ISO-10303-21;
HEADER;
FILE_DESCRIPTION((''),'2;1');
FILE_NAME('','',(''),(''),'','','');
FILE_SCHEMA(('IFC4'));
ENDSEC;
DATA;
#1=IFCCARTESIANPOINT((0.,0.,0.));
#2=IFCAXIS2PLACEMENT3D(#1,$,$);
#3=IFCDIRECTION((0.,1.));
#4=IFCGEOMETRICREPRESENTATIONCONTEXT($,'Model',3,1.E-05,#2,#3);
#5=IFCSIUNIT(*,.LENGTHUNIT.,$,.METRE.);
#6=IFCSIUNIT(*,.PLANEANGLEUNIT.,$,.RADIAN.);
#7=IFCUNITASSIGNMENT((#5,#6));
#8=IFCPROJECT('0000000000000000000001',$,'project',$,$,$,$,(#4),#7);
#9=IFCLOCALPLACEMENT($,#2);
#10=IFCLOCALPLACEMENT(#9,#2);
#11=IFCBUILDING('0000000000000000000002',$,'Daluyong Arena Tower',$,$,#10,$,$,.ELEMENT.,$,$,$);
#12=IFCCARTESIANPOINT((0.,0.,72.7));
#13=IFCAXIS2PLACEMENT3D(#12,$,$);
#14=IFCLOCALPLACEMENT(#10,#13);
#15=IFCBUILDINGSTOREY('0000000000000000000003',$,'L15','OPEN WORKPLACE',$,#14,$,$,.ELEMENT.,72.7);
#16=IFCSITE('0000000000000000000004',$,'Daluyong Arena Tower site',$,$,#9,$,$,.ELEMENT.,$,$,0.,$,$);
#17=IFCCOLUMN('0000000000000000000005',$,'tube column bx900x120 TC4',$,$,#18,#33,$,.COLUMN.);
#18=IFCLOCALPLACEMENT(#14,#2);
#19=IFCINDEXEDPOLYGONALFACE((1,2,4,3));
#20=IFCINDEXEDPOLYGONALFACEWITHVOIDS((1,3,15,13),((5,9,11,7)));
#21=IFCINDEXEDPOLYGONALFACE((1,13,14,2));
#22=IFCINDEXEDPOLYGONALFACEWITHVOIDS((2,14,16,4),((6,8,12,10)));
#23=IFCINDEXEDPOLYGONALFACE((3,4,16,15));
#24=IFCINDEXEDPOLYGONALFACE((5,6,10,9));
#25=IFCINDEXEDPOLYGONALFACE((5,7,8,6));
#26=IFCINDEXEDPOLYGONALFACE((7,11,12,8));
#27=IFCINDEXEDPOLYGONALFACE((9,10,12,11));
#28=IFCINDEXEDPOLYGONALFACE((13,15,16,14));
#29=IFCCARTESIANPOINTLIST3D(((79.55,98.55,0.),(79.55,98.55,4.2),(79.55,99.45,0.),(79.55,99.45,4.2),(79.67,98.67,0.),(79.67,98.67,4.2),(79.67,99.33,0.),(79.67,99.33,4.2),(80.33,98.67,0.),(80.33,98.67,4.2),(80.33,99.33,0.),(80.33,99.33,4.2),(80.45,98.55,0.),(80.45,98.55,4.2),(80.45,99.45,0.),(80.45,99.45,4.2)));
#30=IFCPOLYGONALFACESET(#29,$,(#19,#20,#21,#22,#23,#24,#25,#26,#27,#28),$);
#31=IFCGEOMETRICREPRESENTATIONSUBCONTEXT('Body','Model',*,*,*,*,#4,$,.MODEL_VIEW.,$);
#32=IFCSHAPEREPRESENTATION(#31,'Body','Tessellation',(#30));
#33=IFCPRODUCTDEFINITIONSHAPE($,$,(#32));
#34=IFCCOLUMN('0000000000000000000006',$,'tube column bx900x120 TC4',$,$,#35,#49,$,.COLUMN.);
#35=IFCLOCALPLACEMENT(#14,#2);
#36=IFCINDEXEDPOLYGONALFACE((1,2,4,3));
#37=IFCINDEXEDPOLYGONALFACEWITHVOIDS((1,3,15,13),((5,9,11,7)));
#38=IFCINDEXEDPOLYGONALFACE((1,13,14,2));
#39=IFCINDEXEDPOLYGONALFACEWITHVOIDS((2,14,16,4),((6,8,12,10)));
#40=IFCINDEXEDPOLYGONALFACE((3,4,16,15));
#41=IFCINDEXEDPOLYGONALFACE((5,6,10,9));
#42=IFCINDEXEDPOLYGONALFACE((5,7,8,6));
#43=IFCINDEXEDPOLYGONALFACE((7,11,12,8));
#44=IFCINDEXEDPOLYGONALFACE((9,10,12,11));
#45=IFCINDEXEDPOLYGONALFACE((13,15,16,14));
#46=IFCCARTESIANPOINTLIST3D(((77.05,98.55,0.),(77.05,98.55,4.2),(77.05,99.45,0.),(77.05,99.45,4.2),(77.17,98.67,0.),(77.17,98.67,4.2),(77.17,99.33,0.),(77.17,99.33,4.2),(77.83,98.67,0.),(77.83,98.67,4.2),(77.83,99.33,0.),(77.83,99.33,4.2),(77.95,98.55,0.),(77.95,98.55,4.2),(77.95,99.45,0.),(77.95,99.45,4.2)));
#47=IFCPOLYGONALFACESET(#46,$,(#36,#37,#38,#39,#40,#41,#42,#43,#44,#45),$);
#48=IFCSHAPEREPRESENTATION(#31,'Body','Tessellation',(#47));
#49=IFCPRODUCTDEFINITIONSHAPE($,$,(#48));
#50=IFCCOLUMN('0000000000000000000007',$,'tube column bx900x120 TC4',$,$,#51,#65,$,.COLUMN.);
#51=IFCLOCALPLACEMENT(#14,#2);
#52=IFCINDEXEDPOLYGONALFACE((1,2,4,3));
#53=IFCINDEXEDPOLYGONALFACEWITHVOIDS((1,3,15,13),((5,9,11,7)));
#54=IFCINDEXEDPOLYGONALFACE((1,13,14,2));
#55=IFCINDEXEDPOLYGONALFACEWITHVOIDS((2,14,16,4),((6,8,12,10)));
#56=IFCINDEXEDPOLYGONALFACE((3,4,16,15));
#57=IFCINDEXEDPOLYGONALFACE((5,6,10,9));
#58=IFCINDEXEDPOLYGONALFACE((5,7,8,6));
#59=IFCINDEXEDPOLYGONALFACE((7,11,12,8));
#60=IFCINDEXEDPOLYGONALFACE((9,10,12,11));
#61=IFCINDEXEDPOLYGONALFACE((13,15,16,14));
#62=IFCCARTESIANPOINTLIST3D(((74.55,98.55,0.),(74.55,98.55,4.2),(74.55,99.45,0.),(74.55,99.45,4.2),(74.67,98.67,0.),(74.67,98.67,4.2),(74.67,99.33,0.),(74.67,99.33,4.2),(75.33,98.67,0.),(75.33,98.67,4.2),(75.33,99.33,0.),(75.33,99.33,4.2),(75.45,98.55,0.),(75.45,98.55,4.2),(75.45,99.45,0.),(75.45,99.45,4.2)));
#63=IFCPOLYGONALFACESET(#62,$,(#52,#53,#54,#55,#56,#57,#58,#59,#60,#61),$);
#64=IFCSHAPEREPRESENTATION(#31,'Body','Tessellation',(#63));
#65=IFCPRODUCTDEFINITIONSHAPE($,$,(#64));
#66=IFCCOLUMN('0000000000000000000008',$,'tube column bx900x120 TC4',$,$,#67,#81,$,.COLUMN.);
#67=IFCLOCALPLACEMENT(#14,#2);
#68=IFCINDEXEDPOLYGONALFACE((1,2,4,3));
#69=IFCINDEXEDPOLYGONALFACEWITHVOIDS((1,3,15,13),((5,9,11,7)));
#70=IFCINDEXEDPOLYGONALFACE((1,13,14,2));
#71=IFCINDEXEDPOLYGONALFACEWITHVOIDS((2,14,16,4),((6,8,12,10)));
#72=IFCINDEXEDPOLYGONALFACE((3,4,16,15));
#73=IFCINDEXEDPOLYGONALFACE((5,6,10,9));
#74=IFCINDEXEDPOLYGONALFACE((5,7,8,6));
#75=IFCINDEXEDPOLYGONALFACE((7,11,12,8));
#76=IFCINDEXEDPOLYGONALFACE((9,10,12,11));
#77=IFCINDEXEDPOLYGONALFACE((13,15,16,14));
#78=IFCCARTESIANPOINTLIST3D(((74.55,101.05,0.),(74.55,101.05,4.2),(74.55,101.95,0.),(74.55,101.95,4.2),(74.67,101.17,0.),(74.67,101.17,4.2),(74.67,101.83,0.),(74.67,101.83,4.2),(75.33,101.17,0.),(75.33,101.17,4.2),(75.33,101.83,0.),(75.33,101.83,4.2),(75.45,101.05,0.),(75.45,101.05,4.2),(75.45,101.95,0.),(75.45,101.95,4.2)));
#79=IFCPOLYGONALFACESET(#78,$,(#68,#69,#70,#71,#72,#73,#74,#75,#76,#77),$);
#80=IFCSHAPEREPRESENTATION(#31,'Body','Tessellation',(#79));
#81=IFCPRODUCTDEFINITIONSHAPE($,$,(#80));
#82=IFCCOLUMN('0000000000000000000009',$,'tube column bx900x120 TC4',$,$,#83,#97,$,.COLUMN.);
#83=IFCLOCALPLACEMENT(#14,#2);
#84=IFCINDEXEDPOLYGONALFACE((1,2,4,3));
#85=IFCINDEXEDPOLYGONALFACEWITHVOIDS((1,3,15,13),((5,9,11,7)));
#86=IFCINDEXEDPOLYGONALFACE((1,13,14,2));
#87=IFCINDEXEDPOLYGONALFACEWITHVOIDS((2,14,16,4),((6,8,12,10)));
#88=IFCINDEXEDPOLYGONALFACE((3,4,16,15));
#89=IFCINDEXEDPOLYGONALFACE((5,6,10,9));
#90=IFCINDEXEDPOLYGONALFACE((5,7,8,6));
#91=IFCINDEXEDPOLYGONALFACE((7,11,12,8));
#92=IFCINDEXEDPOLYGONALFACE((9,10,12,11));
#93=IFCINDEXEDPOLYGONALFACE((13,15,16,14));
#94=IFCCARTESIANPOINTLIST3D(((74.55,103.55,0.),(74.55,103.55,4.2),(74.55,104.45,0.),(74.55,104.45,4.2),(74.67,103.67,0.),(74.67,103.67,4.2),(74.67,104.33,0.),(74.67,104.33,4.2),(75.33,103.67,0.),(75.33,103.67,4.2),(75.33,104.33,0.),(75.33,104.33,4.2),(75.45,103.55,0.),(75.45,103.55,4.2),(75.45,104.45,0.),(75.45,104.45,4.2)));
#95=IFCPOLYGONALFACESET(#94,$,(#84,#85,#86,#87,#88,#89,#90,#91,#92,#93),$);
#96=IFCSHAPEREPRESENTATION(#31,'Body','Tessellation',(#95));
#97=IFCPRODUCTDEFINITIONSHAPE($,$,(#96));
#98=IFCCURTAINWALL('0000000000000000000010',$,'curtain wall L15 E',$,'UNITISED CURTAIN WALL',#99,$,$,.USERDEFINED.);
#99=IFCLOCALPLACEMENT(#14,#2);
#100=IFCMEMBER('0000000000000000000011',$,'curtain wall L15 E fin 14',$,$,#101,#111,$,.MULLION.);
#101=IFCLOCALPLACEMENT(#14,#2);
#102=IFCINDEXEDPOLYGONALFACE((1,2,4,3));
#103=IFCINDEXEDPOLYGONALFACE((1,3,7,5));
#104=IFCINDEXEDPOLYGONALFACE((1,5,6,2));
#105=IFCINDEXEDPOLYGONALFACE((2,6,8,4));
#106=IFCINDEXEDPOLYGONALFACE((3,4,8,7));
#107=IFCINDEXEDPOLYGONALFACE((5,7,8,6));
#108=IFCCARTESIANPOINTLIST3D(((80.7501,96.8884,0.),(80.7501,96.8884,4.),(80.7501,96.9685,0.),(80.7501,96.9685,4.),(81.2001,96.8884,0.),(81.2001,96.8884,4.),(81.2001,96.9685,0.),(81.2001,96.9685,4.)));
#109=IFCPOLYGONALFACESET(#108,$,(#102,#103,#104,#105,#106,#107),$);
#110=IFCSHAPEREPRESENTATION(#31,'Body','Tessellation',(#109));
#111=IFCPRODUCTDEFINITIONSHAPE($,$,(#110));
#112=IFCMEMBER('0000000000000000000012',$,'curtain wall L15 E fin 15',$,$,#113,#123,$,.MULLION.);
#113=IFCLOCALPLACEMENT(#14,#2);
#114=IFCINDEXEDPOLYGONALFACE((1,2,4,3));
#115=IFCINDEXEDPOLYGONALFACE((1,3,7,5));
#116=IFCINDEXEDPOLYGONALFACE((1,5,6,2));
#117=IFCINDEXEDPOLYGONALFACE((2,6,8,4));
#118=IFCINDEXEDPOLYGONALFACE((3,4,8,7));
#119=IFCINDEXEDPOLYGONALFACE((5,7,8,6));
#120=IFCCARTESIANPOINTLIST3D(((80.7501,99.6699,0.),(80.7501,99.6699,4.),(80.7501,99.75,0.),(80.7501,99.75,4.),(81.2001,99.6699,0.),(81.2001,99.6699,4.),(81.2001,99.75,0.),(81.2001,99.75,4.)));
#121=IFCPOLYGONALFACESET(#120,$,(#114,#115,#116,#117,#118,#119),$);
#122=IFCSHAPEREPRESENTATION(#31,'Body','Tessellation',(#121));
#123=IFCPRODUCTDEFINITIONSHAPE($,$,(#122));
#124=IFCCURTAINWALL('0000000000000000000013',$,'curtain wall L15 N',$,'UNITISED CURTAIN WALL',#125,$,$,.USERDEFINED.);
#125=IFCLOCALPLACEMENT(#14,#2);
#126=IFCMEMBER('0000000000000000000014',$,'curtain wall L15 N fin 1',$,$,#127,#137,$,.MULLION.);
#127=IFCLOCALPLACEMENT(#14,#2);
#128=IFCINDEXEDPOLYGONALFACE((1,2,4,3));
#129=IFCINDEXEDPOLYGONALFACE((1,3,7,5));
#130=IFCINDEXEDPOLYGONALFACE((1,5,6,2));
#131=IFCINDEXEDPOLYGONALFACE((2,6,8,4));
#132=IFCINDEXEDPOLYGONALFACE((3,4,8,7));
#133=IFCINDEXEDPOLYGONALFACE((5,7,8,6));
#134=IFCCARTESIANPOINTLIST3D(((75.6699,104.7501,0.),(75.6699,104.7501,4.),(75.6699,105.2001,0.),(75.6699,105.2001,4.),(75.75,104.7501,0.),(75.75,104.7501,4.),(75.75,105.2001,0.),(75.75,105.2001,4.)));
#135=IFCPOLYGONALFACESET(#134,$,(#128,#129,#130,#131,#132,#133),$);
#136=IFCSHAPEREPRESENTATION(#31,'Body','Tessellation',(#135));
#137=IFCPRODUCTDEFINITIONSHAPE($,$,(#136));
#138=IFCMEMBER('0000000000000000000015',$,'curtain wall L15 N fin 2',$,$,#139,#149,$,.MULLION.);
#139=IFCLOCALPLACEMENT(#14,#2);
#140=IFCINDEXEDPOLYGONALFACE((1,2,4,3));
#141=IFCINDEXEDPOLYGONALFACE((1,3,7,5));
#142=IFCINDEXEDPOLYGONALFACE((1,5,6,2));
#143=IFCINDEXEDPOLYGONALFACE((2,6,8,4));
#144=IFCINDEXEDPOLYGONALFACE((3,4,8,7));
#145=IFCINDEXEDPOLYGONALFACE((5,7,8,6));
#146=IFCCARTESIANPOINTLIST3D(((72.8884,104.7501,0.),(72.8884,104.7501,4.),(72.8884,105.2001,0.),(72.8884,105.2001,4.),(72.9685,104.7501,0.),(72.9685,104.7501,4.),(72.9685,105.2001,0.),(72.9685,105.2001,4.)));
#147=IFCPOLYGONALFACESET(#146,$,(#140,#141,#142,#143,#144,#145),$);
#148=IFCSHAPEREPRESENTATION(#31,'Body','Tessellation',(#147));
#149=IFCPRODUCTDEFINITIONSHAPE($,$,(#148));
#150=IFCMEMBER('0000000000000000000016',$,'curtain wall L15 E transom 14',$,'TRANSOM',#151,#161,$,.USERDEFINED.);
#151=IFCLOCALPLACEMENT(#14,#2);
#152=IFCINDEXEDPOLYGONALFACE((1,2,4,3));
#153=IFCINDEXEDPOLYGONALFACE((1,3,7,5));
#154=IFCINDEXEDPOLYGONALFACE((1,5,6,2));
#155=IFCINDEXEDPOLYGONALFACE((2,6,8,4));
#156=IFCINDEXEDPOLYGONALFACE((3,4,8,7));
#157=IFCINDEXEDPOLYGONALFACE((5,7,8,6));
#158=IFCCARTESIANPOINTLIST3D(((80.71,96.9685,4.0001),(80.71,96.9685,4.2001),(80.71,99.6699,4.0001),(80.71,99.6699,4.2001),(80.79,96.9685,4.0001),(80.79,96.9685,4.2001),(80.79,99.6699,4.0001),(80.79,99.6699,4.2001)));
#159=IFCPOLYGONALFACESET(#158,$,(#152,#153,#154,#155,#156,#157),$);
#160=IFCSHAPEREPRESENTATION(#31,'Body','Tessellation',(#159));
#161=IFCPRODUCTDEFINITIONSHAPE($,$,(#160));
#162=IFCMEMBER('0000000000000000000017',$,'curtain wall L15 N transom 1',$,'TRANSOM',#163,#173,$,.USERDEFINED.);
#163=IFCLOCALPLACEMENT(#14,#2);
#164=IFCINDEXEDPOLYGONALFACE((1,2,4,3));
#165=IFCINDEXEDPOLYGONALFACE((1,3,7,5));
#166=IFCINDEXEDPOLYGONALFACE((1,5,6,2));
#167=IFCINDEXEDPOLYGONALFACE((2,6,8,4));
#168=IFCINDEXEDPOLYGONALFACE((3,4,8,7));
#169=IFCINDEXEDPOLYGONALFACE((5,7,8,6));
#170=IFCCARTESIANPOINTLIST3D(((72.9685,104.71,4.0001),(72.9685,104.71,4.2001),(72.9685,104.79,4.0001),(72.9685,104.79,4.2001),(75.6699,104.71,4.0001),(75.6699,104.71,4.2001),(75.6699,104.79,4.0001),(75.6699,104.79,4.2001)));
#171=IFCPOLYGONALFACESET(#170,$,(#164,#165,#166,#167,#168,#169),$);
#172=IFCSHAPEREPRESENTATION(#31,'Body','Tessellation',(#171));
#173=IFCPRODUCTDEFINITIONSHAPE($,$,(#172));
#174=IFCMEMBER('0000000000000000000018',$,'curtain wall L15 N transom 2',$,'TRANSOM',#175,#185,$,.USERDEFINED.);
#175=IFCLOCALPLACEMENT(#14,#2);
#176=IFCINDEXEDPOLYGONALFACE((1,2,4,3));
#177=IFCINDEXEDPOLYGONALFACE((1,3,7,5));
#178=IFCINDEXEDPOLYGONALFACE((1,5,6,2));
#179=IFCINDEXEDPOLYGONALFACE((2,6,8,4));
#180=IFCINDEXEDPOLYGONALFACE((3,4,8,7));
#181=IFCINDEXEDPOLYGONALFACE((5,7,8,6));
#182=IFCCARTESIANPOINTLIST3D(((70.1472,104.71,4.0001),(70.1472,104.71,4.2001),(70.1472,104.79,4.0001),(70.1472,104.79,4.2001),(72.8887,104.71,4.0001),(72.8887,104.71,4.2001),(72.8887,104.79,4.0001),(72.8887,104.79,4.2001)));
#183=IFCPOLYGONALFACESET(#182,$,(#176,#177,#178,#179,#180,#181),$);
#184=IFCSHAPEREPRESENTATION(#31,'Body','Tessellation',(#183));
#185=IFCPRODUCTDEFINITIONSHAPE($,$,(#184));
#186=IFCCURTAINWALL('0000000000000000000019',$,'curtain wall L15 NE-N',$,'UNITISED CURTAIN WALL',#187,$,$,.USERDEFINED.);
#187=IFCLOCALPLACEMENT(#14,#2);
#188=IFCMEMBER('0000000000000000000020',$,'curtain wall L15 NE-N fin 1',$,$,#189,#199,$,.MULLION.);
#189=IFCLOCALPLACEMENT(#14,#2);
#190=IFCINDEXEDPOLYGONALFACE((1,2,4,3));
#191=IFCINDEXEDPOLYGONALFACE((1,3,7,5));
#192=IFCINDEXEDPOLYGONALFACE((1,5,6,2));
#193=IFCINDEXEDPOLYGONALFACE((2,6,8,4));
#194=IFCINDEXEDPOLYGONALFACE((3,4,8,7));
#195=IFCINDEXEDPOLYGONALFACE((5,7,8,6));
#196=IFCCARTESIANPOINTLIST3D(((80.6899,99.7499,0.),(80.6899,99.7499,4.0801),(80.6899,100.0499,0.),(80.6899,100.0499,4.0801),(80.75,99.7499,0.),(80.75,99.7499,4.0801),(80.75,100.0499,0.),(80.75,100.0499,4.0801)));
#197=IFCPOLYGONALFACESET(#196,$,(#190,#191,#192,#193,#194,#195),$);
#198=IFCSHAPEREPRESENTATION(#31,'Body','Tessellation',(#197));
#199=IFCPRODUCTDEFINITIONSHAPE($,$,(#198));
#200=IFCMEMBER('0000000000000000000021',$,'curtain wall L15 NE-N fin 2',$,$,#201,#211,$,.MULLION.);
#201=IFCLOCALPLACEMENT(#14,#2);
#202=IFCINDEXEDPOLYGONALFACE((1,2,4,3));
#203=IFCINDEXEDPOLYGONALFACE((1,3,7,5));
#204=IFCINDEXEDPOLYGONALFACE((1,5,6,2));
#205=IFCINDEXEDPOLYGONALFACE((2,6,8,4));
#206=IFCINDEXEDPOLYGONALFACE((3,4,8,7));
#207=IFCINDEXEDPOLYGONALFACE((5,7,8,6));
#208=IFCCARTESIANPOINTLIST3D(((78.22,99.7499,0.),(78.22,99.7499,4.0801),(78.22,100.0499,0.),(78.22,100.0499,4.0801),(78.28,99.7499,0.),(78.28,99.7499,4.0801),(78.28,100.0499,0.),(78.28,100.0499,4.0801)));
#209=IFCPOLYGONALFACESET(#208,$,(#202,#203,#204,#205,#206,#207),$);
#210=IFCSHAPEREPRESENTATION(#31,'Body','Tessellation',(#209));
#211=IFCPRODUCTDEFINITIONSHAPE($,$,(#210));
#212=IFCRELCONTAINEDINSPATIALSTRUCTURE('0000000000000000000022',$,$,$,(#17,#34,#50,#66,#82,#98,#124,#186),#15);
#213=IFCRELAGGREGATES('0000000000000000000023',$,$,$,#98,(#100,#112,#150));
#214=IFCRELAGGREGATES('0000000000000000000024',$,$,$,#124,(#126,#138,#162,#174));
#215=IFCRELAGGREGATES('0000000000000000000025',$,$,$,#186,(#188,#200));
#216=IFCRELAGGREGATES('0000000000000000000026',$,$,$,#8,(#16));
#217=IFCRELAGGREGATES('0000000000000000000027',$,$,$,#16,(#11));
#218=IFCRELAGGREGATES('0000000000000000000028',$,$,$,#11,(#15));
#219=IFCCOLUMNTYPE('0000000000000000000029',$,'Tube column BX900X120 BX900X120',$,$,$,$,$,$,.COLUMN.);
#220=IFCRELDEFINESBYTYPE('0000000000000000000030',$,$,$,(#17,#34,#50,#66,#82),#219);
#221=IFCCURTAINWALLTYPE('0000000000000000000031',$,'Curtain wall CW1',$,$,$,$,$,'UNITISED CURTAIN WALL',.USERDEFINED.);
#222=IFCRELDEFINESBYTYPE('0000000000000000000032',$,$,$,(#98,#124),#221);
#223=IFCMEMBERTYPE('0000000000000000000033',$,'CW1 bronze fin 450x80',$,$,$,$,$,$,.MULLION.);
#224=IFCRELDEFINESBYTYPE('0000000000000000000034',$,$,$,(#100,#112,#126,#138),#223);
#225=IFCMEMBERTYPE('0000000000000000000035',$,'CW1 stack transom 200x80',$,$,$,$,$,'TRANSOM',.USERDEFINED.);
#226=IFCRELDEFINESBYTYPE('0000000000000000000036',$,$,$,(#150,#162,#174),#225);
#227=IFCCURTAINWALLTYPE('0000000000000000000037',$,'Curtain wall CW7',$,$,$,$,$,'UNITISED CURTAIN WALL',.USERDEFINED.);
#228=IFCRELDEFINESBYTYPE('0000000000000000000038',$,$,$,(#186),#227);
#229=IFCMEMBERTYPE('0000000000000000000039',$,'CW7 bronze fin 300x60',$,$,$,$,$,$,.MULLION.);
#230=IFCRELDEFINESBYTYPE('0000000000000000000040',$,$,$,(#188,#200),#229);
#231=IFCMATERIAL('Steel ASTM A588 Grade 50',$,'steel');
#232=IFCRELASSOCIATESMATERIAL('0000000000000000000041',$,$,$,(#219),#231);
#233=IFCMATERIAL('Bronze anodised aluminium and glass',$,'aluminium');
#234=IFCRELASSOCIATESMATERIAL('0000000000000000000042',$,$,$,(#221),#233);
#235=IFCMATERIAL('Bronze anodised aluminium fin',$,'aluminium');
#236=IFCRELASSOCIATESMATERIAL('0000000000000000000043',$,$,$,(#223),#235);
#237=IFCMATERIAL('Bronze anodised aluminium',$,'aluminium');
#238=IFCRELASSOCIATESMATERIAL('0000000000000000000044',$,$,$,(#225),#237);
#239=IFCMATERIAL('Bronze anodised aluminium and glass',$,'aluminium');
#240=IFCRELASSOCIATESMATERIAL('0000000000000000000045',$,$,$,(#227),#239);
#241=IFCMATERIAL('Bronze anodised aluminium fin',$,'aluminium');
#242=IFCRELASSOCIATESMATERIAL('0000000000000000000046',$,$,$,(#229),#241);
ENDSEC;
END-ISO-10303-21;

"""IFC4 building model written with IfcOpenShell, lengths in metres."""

from ifc_helpers import new_model, si_unit, direction, frame, origin, origin_2d, place, context, subcontext, project, spatial, rectangle, hollow_rectangle, extrude, material, material_profile, profile_set, type_object, element, aggregate, save


model = new_model("IFC4")

# Units and contexts
model_context = context("Model", 3, precision=1e-05, world=origin(), true_north=direction((0.0, 1.0)))
body_context = subcontext(model_context, "Body", "Model", "MODEL_VIEW")
ifc_project = project(units=[si_unit("LENGTHUNIT", "METRE"), si_unit("PLANEANGLEUNIT", "RADIAN")], contexts=[model_context])

# Site, building, storey
site_placement = place(None, origin())
site = spatial("IfcSite", under=ifc_project, at=site_placement, Name="Daluyong Arena Tower site", CompositionType="ELEMENT", RefElevation=0.0)
building_placement = place(site_placement, origin())
building = spatial("IfcBuilding", under=site, at=building_placement, Name="Daluyong Arena Tower", CompositionType="ELEMENT")
storey_placement = place(building_placement, frame((0.0, 0.0, 72.7)))
storey = spatial("IfcBuildingStorey", under=building, at=storey_placement, Name="L15", Description="OPEN WORKPLACE", CompositionType="ELEMENT", Elevation=72.7)

# Columns
ifc_material_1 = material(Name="Steel ASTM A588 Grade 50", Category="steel")
ifc_material_profile_1 = material_profile(ifc_material_1, hollow_rectangle(XDim=0.8999, YDim=0.8999, WallThickness=0.12, at=origin_2d()))
ifc_profile_set_1 = profile_set([ifc_material_profile_1], Name="Steel ASTM A588 Grade 50")
column_type = type_object("IfcColumnType", Name="Tube column BX900X120 BX900X120", PredefinedType="COLUMN", material=ifc_profile_set_1)
for number, where, z_axis, x_axis, name in (
    (1, (80.0, 99.0, 0.0), (0.0, 0.0, 1.0), (1.0, 0.0, 0.0), "tube column bx900x120 TC4"),
    (2, (77.5, 99.0, 0.0), (0.0, 0.0, 1.0), (1.0, 0.0, 0.0), "tube column bx900x120 TC4"),
    (3, (75.0, 99.0, 0.0), (0.0, 0.0, 1.0), (0.0, 1.0, 0.0), "tube column bx900x120 TC4"),
    (4, (75.0, 101.5, 0.0), (0.0, 0.0, 1.0), (0.0, 1.0, 0.0), "tube column bx900x120 TC4"),
    (5, (75.0, 104.0, 0.0), (0.0, 0.0, 1.0), (1.0, 0.0, 0.0), "tube column bx900x120 TC4"),
):
    element("IfcColumn", number, at=place(storey_placement, frame(where, z_axis=z_axis, x_axis=x_axis)), inside=storey, type_object=column_type, Name=name, PredefinedType="COLUMN", context=body_context, shape_type="SweptSolid", body=[
        extrude(hollow_rectangle(XDim=0.8999, YDim=0.8999, WallThickness=0.12, at=origin_2d()), origin(), (0.0, 0.0, 1.0), 4.2),
    ])

# Curtain walls, members
ifc_material_2 = material(Name="Bronze anodised aluminium and glass", Category="aluminium")
curtain_wall_type_1 = type_object("IfcCurtainWallType", Name="Curtain wall CW1", ElementType="UNITISED CURTAIN WALL", PredefinedType="USERDEFINED", material=ifc_material_2)
curtain_wall_1_placement = place(storey_placement, origin())
curtain_wall_1 = element("IfcCurtainWall", 6, at=curtain_wall_1_placement, inside=storey, type_object=curtain_wall_type_1, Name="curtain wall L15 E", ObjectType="UNITISED CURTAIN WALL", PredefinedType="USERDEFINED")
ifc_material_3 = material(Name="Bronze anodised aluminium fin", Category="aluminium")
ifc_material_profile_2 = material_profile(ifc_material_3, rectangle(XDim=0.45, YDim=0.0801, at=origin_2d()))
ifc_profile_set_2 = profile_set([ifc_material_profile_2], Name="Bronze anodised aluminium fin")
member_type_1 = type_object("IfcMemberType", Name="CW1 bronze fin 450x80", PredefinedType="MULLION", material=ifc_profile_set_2)
member_1_placement = place(storey_placement, frame((80.9751, 96.9285, 0.0), z_axis=(0.0, 0.0, 1.0), x_axis=(-1.0, 0.0, 0.0)))
member_1 = element("IfcMember", 7, at=member_1_placement, type_object=member_type_1, Name="curtain wall L15 E fin 14", PredefinedType="MULLION", context=body_context, shape_type="SweptSolid", body=[
    extrude(rectangle(XDim=0.45, YDim=0.0801, at=origin_2d()), origin(), (0.0, 0.0, 1.0), 4.0),
])
member_2_placement = place(storey_placement, frame((80.9751, 99.71, 0.0), z_axis=(0.0, 0.0, 1.0), x_axis=(-1.0, 0.0, 0.0)))
member_2 = element("IfcMember", 8, at=member_2_placement, type_object=member_type_1, Name="curtain wall L15 E fin 15", PredefinedType="MULLION", context=body_context, shape_type="SweptSolid", body=[
    extrude(rectangle(XDim=0.45, YDim=0.0801, at=origin_2d()), origin(), (0.0, 0.0, 1.0), 4.0),
])
curtain_wall_2_placement = place(storey_placement, origin())
curtain_wall_2 = element("IfcCurtainWall", 9, at=curtain_wall_2_placement, inside=storey, type_object=curtain_wall_type_1, Name="curtain wall L15 N", ObjectType="UNITISED CURTAIN WALL", PredefinedType="USERDEFINED")
member_3_placement = place(storey_placement, frame((75.71, 104.9751, 0.0), z_axis=(0.0, 0.0, 1.0), x_axis=(0.0, -1.0, 0.0)))
member_3 = element("IfcMember", 10, at=member_3_placement, type_object=member_type_1, Name="curtain wall L15 N fin 1", PredefinedType="MULLION", context=body_context, shape_type="SweptSolid", body=[
    extrude(rectangle(XDim=0.45, YDim=0.0801, at=origin_2d()), origin(), (0.0, 0.0, 1.0), 4.0),
])
member_4_placement = place(storey_placement, frame((72.9285, 104.9751, 0.0), z_axis=(0.0, 0.0, 1.0), x_axis=(0.0, -1.0, 0.0)))
member_4 = element("IfcMember", 11, at=member_4_placement, type_object=member_type_1, Name="curtain wall L15 N fin 2", PredefinedType="MULLION", context=body_context, shape_type="SweptSolid", body=[
    extrude(rectangle(XDim=0.45, YDim=0.0801, at=origin_2d()), origin(), (0.0, 0.0, 1.0), 4.0),
])

# Members
ifc_material_4 = material(Name="Bronze anodised aluminium", Category="aluminium")
ifc_material_profile_3 = material_profile(ifc_material_4, rectangle(XDim=0.0801, YDim=0.2, at=origin_2d()))
ifc_profile_set_3 = profile_set([ifc_material_profile_3], Name="Bronze anodised aluminium")
member_type_2 = type_object("IfcMemberType", Name="CW1 stack transom 200x80", ElementType="TRANSOM", PredefinedType="USERDEFINED", material=ifc_profile_set_3)
member_5_placement = place(storey_placement, frame((80.75, 96.9685, 4.1001), z_axis=(0.0, 1.0, 0.0), x_axis=(-1.0, 0.0, 0.0)))
member_5 = element("IfcMember", 12, at=member_5_placement, type_object=member_type_2, Name="curtain wall L15 E transom 14", ObjectType="TRANSOM", PredefinedType="USERDEFINED", context=body_context, shape_type="SweptSolid", body=[
    extrude(rectangle(XDim=0.0801, YDim=0.2, at=origin_2d()), origin(), (0.0, 0.0, 1.0), 2.7014),
])
member_6_placement = place(storey_placement, frame((75.6699, 104.75, 4.1001), z_axis=(-1.0, 0.0, 0.0), x_axis=(0.0, -1.0, 0.0)))
member_6 = element("IfcMember", 13, at=member_6_placement, type_object=member_type_2, Name="curtain wall L15 N transom 1", ObjectType="TRANSOM", PredefinedType="USERDEFINED", context=body_context, shape_type="SweptSolid", body=[
    extrude(rectangle(XDim=0.0801, YDim=0.2, at=origin_2d()), origin(), (0.0, 0.0, 1.0), 2.7014),
])
member_7_placement = place(storey_placement, frame((72.8887, 104.75, 4.1001), z_axis=(-1.0, 0.0, 0.0), x_axis=(0.0, -1.0, 0.0)))
member_7 = element("IfcMember", 14, at=member_7_placement, type_object=member_type_2, Name="curtain wall L15 N transom 2", ObjectType="TRANSOM", PredefinedType="USERDEFINED", context=body_context, shape_type="SweptSolid", body=[
    extrude(rectangle(XDim=0.0801, YDim=0.2, at=origin_2d()), origin(), (0.0, 0.0, 1.0), 2.7415),
])

# Curtain wall, members
ifc_material_5 = material(Name="Bronze anodised aluminium and glass", Category="aluminium")
curtain_wall_type_2 = type_object("IfcCurtainWallType", Name="Curtain wall CW7", ElementType="UNITISED CURTAIN WALL", PredefinedType="USERDEFINED", material=ifc_material_5)
curtain_wall_3_placement = place(storey_placement, origin())
curtain_wall_3 = element("IfcCurtainWall", 15, at=curtain_wall_3_placement, inside=storey, type_object=curtain_wall_type_2, Name="curtain wall L15 NE-N", ObjectType="UNITISED CURTAIN WALL", PredefinedType="USERDEFINED")
ifc_material_6 = material(Name="Bronze anodised aluminium fin", Category="aluminium")
ifc_material_profile_4 = material_profile(ifc_material_6, rectangle(XDim=0.3, YDim=0.0601, at=origin_2d()))
ifc_profile_set_4 = profile_set([ifc_material_profile_4], Name="Bronze anodised aluminium fin")
member_type_3 = type_object("IfcMemberType", Name="CW7 bronze fin 300x60", PredefinedType="MULLION", material=ifc_profile_set_4)
member_8_placement = place(storey_placement, frame((80.72, 99.8999, 0.0), z_axis=(0.0, 0.0, 1.0), x_axis=(0.0, -1.0, 0.0)))
member_8 = element("IfcMember", 16, at=member_8_placement, type_object=member_type_3, Name="curtain wall L15 NE-N fin 1", PredefinedType="MULLION", context=body_context, shape_type="SweptSolid", body=[
    extrude(rectangle(XDim=0.3, YDim=0.0601, at=origin_2d()), origin(), (0.0, 0.0, 1.0), 4.0801),
])
member_9_placement = place(storey_placement, frame((78.25, 99.8999, 0.0), z_axis=(0.0, 0.0, 1.0), x_axis=(0.0, -1.0, 0.0)))
member_9 = element("IfcMember", 17, at=member_9_placement, type_object=member_type_3, Name="curtain wall L15 NE-N fin 2", PredefinedType="MULLION", context=body_context, shape_type="SweptSolid", body=[
    extrude(rectangle(XDim=0.3, YDim=0.0601, at=origin_2d()), origin(), (0.0, 0.0, 1.0), 4.0801),
])

aggregate(curtain_wall_1, [member_1, member_2, member_5])
aggregate(curtain_wall_2, [member_3, member_4, member_6, member_7])
aggregate(curtain_wall_3, [member_8, member_9])

save(model, "model.ifc")
